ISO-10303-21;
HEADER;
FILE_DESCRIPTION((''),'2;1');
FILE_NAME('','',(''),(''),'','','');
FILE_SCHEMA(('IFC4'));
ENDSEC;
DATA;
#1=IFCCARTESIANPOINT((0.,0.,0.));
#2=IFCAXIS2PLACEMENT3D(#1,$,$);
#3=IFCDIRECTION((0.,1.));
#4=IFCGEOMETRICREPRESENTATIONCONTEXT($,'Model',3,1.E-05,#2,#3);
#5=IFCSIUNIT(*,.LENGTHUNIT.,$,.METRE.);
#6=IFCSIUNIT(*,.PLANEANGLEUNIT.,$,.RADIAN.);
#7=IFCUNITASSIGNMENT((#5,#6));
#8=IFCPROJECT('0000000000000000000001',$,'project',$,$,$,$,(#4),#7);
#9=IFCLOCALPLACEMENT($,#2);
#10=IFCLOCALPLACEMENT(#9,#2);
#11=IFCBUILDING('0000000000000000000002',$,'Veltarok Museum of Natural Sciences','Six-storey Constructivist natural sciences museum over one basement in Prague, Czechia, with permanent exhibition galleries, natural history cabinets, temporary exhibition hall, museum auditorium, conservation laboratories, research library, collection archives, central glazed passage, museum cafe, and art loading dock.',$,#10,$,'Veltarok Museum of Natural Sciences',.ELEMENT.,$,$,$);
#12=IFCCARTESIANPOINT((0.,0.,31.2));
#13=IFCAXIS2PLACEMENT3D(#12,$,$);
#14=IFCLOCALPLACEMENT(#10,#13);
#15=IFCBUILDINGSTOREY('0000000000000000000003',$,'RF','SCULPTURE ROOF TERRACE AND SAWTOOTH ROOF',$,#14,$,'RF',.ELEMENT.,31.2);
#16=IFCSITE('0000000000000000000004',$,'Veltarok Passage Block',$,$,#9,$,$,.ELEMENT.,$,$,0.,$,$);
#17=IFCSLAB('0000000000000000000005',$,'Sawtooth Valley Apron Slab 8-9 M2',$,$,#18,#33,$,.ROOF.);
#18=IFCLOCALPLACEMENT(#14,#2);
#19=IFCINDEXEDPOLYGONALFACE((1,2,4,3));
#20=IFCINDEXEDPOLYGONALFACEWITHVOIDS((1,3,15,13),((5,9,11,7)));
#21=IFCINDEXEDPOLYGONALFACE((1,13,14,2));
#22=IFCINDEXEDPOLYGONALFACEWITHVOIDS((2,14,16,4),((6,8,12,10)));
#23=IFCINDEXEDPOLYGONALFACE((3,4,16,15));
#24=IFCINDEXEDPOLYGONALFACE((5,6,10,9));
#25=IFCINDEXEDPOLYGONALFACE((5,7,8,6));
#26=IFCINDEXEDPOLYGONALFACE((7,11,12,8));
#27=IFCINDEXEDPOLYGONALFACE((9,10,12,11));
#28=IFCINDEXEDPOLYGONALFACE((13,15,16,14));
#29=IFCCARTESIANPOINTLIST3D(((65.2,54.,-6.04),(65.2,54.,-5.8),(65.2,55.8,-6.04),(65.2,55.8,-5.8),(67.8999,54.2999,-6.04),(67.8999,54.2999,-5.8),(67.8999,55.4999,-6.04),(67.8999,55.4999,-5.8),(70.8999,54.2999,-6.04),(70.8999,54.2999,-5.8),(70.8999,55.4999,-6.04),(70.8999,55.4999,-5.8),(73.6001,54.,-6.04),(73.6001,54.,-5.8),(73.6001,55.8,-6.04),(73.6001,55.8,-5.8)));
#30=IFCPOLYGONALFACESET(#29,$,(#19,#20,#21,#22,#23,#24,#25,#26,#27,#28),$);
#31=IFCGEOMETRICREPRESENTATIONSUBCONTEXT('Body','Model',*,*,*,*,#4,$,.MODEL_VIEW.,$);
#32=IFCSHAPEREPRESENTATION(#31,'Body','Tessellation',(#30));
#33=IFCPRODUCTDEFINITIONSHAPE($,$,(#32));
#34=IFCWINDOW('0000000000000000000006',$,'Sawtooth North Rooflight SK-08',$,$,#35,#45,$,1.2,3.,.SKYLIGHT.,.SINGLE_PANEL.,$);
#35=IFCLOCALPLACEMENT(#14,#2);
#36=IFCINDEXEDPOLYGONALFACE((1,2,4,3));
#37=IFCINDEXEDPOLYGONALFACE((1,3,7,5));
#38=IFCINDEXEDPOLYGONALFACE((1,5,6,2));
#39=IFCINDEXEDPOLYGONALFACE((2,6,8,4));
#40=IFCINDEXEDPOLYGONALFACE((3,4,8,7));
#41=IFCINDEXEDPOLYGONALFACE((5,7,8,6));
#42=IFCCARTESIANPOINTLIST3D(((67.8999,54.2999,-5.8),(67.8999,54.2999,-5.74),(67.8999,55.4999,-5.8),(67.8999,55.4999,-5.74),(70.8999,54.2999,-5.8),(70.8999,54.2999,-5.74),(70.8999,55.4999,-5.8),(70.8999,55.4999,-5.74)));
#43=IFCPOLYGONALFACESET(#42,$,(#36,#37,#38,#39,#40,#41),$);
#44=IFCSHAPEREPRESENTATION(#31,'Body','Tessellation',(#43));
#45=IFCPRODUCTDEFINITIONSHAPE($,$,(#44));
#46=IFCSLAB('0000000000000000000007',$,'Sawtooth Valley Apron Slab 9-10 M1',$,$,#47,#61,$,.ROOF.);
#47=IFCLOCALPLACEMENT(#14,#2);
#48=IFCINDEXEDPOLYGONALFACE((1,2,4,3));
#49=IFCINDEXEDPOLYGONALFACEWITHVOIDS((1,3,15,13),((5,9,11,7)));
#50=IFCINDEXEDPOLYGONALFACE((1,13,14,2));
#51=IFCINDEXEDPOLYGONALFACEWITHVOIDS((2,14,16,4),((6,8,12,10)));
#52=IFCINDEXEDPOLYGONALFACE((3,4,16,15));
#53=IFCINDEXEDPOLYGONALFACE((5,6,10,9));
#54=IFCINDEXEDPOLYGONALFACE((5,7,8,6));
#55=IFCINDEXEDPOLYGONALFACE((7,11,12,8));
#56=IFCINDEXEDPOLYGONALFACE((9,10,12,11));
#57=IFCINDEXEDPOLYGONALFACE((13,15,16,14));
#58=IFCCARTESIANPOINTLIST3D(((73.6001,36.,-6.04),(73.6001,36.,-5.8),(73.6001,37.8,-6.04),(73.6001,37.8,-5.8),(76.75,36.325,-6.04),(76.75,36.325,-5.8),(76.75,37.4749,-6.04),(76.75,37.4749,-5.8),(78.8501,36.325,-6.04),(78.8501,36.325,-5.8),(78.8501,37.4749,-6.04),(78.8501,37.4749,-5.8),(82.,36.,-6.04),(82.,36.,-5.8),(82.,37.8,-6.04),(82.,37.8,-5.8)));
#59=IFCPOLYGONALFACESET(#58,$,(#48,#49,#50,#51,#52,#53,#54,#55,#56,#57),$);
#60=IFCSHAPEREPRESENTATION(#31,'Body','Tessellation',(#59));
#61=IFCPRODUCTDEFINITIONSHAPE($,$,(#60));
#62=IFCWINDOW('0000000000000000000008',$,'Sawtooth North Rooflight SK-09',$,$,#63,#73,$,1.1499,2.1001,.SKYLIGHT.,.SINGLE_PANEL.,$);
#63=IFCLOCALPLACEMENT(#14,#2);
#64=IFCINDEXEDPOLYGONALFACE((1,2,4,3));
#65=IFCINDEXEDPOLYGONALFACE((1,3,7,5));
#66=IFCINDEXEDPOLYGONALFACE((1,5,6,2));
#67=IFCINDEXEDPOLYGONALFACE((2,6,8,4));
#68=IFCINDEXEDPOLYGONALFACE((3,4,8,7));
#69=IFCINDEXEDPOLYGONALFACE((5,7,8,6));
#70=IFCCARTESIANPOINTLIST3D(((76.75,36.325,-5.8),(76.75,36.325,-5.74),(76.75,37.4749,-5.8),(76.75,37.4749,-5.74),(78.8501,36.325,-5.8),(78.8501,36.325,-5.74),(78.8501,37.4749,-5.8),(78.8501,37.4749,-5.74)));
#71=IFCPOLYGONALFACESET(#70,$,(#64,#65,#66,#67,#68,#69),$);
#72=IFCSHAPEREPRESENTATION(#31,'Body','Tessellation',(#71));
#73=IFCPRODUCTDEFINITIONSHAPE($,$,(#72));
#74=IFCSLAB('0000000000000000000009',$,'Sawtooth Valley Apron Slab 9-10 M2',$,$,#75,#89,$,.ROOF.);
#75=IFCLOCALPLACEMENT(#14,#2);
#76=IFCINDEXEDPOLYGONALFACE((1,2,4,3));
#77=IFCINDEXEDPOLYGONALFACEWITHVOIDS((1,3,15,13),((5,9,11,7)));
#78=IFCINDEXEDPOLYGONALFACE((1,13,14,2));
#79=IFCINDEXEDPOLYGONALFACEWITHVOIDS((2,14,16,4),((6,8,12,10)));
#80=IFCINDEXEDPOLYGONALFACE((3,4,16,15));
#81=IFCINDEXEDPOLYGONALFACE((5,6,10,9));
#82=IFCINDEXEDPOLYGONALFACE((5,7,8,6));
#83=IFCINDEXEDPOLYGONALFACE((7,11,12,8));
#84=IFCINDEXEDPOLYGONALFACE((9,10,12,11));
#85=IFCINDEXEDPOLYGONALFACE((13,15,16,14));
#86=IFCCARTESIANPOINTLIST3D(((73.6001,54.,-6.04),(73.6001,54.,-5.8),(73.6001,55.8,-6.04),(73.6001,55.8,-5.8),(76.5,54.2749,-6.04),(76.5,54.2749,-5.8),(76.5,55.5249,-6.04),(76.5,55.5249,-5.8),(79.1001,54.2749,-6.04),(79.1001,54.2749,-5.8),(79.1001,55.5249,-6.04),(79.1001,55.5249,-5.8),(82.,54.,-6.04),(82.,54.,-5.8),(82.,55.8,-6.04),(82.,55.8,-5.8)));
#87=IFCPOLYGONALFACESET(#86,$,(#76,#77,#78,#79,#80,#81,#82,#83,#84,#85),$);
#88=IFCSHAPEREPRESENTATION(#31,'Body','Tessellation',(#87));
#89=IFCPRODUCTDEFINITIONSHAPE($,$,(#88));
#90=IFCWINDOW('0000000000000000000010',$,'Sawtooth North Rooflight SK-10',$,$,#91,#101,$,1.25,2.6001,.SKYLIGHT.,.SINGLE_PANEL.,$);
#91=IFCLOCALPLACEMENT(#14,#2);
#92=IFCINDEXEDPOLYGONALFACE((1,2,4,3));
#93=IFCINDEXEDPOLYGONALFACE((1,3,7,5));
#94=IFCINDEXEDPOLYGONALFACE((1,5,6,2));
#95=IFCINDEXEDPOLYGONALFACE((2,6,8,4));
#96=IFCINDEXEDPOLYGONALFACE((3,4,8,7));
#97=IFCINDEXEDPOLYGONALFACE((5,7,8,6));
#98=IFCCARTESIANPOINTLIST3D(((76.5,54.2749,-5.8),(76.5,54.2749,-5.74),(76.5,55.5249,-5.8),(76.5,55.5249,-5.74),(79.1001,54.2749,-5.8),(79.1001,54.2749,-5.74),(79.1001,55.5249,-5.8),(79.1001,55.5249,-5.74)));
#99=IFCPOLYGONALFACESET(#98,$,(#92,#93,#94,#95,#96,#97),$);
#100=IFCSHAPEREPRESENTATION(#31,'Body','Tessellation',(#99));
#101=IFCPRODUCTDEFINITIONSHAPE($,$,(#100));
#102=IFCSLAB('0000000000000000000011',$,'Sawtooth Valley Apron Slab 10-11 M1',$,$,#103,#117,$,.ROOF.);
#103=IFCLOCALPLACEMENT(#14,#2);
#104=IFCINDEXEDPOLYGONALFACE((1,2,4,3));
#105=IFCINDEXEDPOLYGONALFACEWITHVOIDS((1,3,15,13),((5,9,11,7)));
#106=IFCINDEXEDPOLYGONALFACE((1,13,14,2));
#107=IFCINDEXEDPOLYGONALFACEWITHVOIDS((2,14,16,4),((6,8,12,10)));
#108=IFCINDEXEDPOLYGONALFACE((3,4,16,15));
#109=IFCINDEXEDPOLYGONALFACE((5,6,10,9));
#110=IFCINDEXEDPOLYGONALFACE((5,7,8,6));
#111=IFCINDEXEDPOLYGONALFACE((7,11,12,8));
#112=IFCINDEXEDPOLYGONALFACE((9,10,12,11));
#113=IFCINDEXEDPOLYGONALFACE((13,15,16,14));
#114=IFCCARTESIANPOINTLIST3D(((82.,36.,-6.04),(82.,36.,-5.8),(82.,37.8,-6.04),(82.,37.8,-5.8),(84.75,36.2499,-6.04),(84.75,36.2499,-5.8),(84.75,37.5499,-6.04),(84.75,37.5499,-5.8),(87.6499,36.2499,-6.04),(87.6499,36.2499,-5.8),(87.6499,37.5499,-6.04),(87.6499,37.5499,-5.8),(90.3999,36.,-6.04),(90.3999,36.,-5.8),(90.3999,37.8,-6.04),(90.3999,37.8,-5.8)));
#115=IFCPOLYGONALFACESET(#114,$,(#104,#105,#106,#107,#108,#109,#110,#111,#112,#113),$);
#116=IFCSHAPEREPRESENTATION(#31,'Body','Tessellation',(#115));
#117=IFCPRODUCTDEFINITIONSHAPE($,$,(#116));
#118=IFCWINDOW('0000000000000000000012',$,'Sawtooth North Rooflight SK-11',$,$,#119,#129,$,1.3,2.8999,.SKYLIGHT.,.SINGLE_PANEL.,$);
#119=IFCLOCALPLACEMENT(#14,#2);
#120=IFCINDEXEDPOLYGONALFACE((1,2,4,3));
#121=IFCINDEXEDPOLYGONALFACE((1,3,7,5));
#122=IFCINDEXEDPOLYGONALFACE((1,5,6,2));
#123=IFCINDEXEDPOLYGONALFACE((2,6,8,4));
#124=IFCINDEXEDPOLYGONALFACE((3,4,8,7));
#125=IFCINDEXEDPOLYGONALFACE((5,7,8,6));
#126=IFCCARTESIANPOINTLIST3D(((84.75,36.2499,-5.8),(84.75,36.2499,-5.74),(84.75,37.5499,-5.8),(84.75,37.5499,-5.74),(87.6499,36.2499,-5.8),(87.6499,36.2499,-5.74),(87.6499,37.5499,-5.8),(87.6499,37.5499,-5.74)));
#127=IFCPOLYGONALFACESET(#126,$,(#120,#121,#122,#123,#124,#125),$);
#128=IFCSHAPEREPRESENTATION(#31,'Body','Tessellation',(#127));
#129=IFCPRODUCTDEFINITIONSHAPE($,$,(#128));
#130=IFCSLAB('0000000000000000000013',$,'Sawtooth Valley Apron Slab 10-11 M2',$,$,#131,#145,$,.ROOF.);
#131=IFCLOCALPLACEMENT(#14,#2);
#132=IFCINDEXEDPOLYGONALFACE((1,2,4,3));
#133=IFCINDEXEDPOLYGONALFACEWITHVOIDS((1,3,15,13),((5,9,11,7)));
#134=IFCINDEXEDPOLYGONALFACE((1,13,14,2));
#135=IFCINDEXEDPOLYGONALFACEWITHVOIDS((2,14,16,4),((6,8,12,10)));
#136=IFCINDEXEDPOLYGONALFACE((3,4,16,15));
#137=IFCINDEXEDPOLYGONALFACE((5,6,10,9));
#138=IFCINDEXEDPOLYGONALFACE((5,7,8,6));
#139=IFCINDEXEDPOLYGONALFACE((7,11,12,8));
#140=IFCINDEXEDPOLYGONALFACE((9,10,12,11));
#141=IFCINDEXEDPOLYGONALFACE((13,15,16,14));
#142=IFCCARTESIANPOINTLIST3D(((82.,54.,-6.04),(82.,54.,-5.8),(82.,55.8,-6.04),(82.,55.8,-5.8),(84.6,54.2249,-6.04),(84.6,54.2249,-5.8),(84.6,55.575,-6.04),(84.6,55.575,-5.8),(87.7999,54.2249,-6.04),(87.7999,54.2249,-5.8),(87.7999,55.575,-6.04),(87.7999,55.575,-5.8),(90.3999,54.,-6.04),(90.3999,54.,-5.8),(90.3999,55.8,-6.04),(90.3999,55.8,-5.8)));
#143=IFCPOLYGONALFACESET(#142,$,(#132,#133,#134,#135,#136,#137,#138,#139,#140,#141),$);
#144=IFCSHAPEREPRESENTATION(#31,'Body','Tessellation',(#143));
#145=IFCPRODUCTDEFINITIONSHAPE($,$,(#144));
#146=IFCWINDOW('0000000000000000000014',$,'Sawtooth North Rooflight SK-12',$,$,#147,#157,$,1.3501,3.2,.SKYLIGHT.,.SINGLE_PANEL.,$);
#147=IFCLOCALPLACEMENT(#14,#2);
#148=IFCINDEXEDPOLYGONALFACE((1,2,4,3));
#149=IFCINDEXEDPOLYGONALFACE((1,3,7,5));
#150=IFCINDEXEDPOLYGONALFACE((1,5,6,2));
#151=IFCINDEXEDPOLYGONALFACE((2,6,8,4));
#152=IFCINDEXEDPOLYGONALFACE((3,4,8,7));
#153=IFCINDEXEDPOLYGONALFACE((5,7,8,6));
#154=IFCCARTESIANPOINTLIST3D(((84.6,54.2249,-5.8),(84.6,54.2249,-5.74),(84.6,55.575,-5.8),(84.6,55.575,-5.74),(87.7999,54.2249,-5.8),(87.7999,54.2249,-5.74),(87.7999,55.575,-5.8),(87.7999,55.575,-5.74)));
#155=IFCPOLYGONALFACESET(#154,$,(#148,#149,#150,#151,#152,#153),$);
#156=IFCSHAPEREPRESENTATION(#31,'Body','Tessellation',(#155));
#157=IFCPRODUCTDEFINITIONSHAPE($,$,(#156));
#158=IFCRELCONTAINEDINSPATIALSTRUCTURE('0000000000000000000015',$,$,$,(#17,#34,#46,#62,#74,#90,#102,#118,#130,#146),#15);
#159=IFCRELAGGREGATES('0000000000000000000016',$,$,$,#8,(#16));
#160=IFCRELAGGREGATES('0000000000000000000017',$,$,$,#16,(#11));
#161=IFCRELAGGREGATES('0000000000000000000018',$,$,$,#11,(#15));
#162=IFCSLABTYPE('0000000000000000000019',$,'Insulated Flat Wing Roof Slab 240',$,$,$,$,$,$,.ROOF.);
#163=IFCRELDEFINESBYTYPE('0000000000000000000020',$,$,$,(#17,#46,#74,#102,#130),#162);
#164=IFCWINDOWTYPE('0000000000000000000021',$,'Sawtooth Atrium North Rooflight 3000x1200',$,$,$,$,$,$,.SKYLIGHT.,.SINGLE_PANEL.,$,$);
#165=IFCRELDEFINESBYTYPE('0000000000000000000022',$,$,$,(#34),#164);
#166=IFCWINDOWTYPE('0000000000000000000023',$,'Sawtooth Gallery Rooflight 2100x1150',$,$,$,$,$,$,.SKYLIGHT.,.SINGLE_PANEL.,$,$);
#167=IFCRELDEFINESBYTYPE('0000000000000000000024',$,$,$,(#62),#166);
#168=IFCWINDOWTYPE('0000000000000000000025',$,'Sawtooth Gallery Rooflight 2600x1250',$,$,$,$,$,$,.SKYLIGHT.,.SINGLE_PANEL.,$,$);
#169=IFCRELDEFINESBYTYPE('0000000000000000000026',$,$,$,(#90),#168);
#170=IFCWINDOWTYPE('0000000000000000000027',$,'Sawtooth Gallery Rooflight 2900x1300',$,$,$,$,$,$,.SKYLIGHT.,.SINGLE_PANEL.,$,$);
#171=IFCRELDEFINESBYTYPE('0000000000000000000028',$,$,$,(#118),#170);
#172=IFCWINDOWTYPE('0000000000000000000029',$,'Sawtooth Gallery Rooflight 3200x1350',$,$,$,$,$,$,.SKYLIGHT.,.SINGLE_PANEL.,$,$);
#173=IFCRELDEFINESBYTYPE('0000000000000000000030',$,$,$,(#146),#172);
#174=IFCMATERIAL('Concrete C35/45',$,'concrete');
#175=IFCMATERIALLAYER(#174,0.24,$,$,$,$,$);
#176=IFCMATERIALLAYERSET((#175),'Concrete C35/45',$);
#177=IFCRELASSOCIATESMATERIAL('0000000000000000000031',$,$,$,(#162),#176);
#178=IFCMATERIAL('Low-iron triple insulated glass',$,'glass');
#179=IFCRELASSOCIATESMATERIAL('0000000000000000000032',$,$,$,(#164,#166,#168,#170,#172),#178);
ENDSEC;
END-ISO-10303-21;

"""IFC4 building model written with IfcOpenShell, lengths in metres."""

from ifc_helpers import new_model, si_unit, direction, frame, origin, origin_2d, place, context, subcontext, project, spatial, polyline, rectangle, outline, extrude, material, layer, layer_set, type_object, element, fill, save


model = new_model("IFC4")

# Units and contexts
model_context = context("Model", 3, precision=1e-05, world=origin(), true_north=direction((0.0, 1.0)))
body_context = subcontext(model_context, "Body", "Model", "MODEL_VIEW")
ifc_project = project(units=[si_unit("LENGTHUNIT", "METRE"), si_unit("PLANEANGLEUNIT", "RADIAN")], contexts=[model_context])

# Site, building, storey
site_placement = place(None, origin())
site = spatial("IfcSite", under=ifc_project, at=site_placement, Name="Veltarok Passage Block", CompositionType="ELEMENT", RefElevation=0.0)
building_placement = place(site_placement, origin())
building = spatial("IfcBuilding", under=site, at=building_placement, Name="Veltarok Museum of Natural Sciences", Description="Six-storey Constructivist natural sciences museum over one basement in Prague, Czechia, with permanent exhibition galleries, natural history cabinets, temporary exhibition hall, museum auditorium, conservation laboratories, research library, collection archives, central glazed passage, museum cafe, and art loading dock.", LongName="Veltarok Museum of Natural Sciences", CompositionType="ELEMENT")
storey_placement = place(building_placement, frame((0.0, 0.0, 31.2)))
storey = spatial("IfcBuildingStorey", under=building, at=storey_placement, Name="RF", Description="SCULPTURE ROOF TERRACE AND SAWTOOTH ROOF", LongName="RF", CompositionType="ELEMENT", Elevation=31.2)

# Slabs, openings, windows
ifc_material_1 = material(Name="Concrete C35/45", Category="concrete")
ifc_layer_1 = layer(ifc_material_1, 0.24)
ifc_layer_set_1 = layer_set([ifc_layer_1], Name="Concrete C35/45")
slab_type_1 = type_object("IfcSlabType", Name="Insulated Flat Wing Roof Slab 240", PredefinedType="ROOF", material=ifc_layer_set_1)
slab_1_placement = place(storey_placement, frame((0.0, 0.0, -6.04)))
slab_1 = element("IfcSlab", 1, at=slab_1_placement, inside=storey, type_object=slab_type_1, Name="Sawtooth Valley Apron Slab 8-9 M2", PredefinedType="ROOF", context=body_context, shape_type="SweptSolid", body=[
    extrude(outline(polyline([(65.2, 54.0), (73.6001, 54.0), (73.6001, 55.8), (65.2, 55.8), (65.2, 54.0)])), origin(), (0.0, 0.0, 1.0), 0.24),
])
opening_1_placement = place(slab_1_placement, frame((69.3999, 54.8999, -0.01)))
opening_1 = element("IfcOpeningElement", 2, at=opening_1_placement, cuts=slab_1, PredefinedType="OPENING", context=body_context, shape_type="SweptSolid", body=[
    extrude(rectangle(XDim=3.0, YDim=1.2, at=origin_2d()), origin(), (0.0, 0.0, 1.0), 0.3201),
])
ifc_material_2 = material(Name="Low-iron triple insulated glass", Category="glass")
window_type_1 = type_object("IfcWindowType", Name="Sawtooth Atrium North Rooflight 3000x1200", PartitioningType="SINGLE_PANEL", PredefinedType="SKYLIGHT", material=ifc_material_2)
window_1_placement = place(slab_1_placement, frame((69.3999, 54.8999, 0.24)))
window_1 = element("IfcWindow", 3, at=window_1_placement, inside=storey, type_object=window_type_1, Name="Sawtooth North Rooflight SK-08", OverallHeight=1.2, OverallWidth=3.0, PartitioningType="SINGLE_PANEL", PredefinedType="SKYLIGHT", context=body_context, shape_type="SweptSolid", body=[
    extrude(rectangle(XDim=3.0, YDim=1.2, at=origin_2d()), origin(), (0.0, 0.0, 1.0), 0.0601),
])
fill(opening_1, window_1)
slab_2_placement = place(storey_placement, frame((0.0, 0.0, -6.04)))
slab_2 = element("IfcSlab", 4, at=slab_2_placement, inside=storey, type_object=slab_type_1, Name="Sawtooth Valley Apron Slab 9-10 M1", PredefinedType="ROOF", context=body_context, shape_type="SweptSolid", body=[
    extrude(outline(polyline([(73.6001, 36.0), (82.0, 36.0), (82.0, 37.8), (73.6001, 37.8), (73.6001, 36.0)])), origin(), (0.0, 0.0, 1.0), 0.24),
])
opening_2_placement = place(slab_2_placement, frame((77.8, 36.8999, -0.01)))
opening_2 = element("IfcOpeningElement", 5, at=opening_2_placement, cuts=slab_2, PredefinedType="OPENING", context=body_context, shape_type="SweptSolid", body=[
    extrude(rectangle(XDim=2.1001, YDim=1.1499, at=origin_2d()), origin(), (0.0, 0.0, 1.0), 0.3201),
])
window_type_2 = type_object("IfcWindowType", Name="Sawtooth Gallery Rooflight 2100x1150", PartitioningType="SINGLE_PANEL", PredefinedType="SKYLIGHT", material=ifc_material_2)
window_2_placement = place(slab_2_placement, frame((77.8, 36.8999, 0.24)))
window_2 = element("IfcWindow", 6, at=window_2_placement, inside=storey, type_object=window_type_2, Name="Sawtooth North Rooflight SK-09", OverallHeight=1.1499, OverallWidth=2.1001, PartitioningType="SINGLE_PANEL", PredefinedType="SKYLIGHT", context=body_context, shape_type="SweptSolid", body=[
    extrude(rectangle(XDim=2.1001, YDim=1.1499, at=origin_2d()), origin(), (0.0, 0.0, 1.0), 0.0601),
])
fill(opening_2, window_2)
slab_3_placement = place(storey_placement, frame((0.0, 0.0, -6.04)))
slab_3 = element("IfcSlab", 7, at=slab_3_placement, inside=storey, type_object=slab_type_1, Name="Sawtooth Valley Apron Slab 9-10 M2", PredefinedType="ROOF", context=body_context, shape_type="SweptSolid", body=[
    extrude(outline(polyline([(73.6001, 54.0), (82.0, 54.0), (82.0, 55.8), (73.6001, 55.8), (73.6001, 54.0)])), origin(), (0.0, 0.0, 1.0), 0.24),
])
opening_3_placement = place(slab_3_placement, frame((77.8, 54.8999, -0.01)))
opening_3 = element("IfcOpeningElement", 8, at=opening_3_placement, cuts=slab_3, PredefinedType="OPENING", context=body_context, shape_type="SweptSolid", body=[
    extrude(rectangle(XDim=2.6001, YDim=1.25, at=origin_2d()), origin(), (0.0, 0.0, 1.0), 0.3201),
])
window_type_3 = type_object("IfcWindowType", Name="Sawtooth Gallery Rooflight 2600x1250", PartitioningType="SINGLE_PANEL", PredefinedType="SKYLIGHT", material=ifc_material_2)
window_3_placement = place(slab_3_placement, frame((77.8, 54.8999, 0.24)))
window_3 = element("IfcWindow", 9, at=window_3_placement, inside=storey, type_object=window_type_3, Name="Sawtooth North Rooflight SK-10", OverallHeight=1.25, OverallWidth=2.6001, PartitioningType="SINGLE_PANEL", PredefinedType="SKYLIGHT", context=body_context, shape_type="SweptSolid", body=[
    extrude(rectangle(XDim=2.6001, YDim=1.25, at=origin_2d()), origin(), (0.0, 0.0, 1.0), 0.0601),
])
fill(opening_3, window_3)
slab_4_placement = place(storey_placement, frame((0.0, 0.0, -6.04)))
slab_4 = element("IfcSlab", 10, at=slab_4_placement, inside=storey, type_object=slab_type_1, Name="Sawtooth Valley Apron Slab 10-11 M1", PredefinedType="ROOF", context=body_context, shape_type="SweptSolid", body=[
    extrude(outline(polyline([(82.0, 36.0), (90.3999, 36.0), (90.3999, 37.8), (82.0, 37.8), (82.0, 36.0)])), origin(), (0.0, 0.0, 1.0), 0.24),
])
opening_4_placement = place(slab_4_placement, frame((86.2, 36.8999, -0.01)))
opening_4 = element("IfcOpeningElement", 11, at=opening_4_placement, cuts=slab_4, PredefinedType="OPENING", context=body_context, shape_type="SweptSolid", body=[
    extrude(rectangle(XDim=2.8999, YDim=1.3, at=origin_2d()), origin(), (0.0, 0.0, 1.0), 0.3201),
])
window_type_4 = type_object("IfcWindowType", Name="Sawtooth Gallery Rooflight 2900x1300", PartitioningType="SINGLE_PANEL", PredefinedType="SKYLIGHT", material=ifc_material_2)
window_4_placement = place(slab_4_placement, frame((86.2, 36.8999, 0.24)))
window_4 = element("IfcWindow", 12, at=window_4_placement, inside=storey, type_object=window_type_4, Name="Sawtooth North Rooflight SK-11", OverallHeight=1.3, OverallWidth=2.8999, PartitioningType="SINGLE_PANEL", PredefinedType="SKYLIGHT", context=body_context, shape_type="SweptSolid", body=[
    extrude(rectangle(XDim=2.8999, YDim=1.3, at=origin_2d()), origin(), (0.0, 0.0, 1.0), 0.0601),
])
fill(opening_4, window_4)
slab_5_placement = place(storey_placement, frame((0.0, 0.0, -6.04)))
slab_5 = element("IfcSlab", 13, at=slab_5_placement, inside=storey, type_object=slab_type_1, Name="Sawtooth Valley Apron Slab 10-11 M2", PredefinedType="ROOF", context=body_context, shape_type="SweptSolid", body=[
    extrude(outline(polyline([(82.0, 54.0), (90.3999, 54.0), (90.3999, 55.8), (82.0, 55.8), (82.0, 54.0)])), origin(), (0.0, 0.0, 1.0), 0.24),
])
opening_5_placement = place(slab_5_placement, frame((86.2, 54.8999, -0.01)))
opening_5 = element("IfcOpeningElement", 14, at=opening_5_placement, cuts=slab_5, PredefinedType="OPENING", context=body_context, shape_type="SweptSolid", body=[
    extrude(rectangle(XDim=3.2, YDim=1.3501, at=origin_2d()), origin(), (0.0, 0.0, 1.0), 0.3201),
])
window_type_5 = type_object("IfcWindowType", Name="Sawtooth Gallery Rooflight 3200x1350", PartitioningType="SINGLE_PANEL", PredefinedType="SKYLIGHT", material=ifc_material_2)
window_5_placement = place(slab_5_placement, frame((86.2, 54.8999, 0.24)))
window_5 = element("IfcWindow", 15, at=window_5_placement, inside=storey, type_object=window_type_5, Name="Sawtooth North Rooflight SK-12", OverallHeight=1.3501, OverallWidth=3.2, PartitioningType="SINGLE_PANEL", PredefinedType="SKYLIGHT", context=body_context, shape_type="SweptSolid", body=[
    extrude(rectangle(XDim=3.2, YDim=1.3501, at=origin_2d()), origin(), (0.0, 0.0, 1.0), 0.0601),
])
fill(opening_5, window_5)

save(model, "model.ifc")
